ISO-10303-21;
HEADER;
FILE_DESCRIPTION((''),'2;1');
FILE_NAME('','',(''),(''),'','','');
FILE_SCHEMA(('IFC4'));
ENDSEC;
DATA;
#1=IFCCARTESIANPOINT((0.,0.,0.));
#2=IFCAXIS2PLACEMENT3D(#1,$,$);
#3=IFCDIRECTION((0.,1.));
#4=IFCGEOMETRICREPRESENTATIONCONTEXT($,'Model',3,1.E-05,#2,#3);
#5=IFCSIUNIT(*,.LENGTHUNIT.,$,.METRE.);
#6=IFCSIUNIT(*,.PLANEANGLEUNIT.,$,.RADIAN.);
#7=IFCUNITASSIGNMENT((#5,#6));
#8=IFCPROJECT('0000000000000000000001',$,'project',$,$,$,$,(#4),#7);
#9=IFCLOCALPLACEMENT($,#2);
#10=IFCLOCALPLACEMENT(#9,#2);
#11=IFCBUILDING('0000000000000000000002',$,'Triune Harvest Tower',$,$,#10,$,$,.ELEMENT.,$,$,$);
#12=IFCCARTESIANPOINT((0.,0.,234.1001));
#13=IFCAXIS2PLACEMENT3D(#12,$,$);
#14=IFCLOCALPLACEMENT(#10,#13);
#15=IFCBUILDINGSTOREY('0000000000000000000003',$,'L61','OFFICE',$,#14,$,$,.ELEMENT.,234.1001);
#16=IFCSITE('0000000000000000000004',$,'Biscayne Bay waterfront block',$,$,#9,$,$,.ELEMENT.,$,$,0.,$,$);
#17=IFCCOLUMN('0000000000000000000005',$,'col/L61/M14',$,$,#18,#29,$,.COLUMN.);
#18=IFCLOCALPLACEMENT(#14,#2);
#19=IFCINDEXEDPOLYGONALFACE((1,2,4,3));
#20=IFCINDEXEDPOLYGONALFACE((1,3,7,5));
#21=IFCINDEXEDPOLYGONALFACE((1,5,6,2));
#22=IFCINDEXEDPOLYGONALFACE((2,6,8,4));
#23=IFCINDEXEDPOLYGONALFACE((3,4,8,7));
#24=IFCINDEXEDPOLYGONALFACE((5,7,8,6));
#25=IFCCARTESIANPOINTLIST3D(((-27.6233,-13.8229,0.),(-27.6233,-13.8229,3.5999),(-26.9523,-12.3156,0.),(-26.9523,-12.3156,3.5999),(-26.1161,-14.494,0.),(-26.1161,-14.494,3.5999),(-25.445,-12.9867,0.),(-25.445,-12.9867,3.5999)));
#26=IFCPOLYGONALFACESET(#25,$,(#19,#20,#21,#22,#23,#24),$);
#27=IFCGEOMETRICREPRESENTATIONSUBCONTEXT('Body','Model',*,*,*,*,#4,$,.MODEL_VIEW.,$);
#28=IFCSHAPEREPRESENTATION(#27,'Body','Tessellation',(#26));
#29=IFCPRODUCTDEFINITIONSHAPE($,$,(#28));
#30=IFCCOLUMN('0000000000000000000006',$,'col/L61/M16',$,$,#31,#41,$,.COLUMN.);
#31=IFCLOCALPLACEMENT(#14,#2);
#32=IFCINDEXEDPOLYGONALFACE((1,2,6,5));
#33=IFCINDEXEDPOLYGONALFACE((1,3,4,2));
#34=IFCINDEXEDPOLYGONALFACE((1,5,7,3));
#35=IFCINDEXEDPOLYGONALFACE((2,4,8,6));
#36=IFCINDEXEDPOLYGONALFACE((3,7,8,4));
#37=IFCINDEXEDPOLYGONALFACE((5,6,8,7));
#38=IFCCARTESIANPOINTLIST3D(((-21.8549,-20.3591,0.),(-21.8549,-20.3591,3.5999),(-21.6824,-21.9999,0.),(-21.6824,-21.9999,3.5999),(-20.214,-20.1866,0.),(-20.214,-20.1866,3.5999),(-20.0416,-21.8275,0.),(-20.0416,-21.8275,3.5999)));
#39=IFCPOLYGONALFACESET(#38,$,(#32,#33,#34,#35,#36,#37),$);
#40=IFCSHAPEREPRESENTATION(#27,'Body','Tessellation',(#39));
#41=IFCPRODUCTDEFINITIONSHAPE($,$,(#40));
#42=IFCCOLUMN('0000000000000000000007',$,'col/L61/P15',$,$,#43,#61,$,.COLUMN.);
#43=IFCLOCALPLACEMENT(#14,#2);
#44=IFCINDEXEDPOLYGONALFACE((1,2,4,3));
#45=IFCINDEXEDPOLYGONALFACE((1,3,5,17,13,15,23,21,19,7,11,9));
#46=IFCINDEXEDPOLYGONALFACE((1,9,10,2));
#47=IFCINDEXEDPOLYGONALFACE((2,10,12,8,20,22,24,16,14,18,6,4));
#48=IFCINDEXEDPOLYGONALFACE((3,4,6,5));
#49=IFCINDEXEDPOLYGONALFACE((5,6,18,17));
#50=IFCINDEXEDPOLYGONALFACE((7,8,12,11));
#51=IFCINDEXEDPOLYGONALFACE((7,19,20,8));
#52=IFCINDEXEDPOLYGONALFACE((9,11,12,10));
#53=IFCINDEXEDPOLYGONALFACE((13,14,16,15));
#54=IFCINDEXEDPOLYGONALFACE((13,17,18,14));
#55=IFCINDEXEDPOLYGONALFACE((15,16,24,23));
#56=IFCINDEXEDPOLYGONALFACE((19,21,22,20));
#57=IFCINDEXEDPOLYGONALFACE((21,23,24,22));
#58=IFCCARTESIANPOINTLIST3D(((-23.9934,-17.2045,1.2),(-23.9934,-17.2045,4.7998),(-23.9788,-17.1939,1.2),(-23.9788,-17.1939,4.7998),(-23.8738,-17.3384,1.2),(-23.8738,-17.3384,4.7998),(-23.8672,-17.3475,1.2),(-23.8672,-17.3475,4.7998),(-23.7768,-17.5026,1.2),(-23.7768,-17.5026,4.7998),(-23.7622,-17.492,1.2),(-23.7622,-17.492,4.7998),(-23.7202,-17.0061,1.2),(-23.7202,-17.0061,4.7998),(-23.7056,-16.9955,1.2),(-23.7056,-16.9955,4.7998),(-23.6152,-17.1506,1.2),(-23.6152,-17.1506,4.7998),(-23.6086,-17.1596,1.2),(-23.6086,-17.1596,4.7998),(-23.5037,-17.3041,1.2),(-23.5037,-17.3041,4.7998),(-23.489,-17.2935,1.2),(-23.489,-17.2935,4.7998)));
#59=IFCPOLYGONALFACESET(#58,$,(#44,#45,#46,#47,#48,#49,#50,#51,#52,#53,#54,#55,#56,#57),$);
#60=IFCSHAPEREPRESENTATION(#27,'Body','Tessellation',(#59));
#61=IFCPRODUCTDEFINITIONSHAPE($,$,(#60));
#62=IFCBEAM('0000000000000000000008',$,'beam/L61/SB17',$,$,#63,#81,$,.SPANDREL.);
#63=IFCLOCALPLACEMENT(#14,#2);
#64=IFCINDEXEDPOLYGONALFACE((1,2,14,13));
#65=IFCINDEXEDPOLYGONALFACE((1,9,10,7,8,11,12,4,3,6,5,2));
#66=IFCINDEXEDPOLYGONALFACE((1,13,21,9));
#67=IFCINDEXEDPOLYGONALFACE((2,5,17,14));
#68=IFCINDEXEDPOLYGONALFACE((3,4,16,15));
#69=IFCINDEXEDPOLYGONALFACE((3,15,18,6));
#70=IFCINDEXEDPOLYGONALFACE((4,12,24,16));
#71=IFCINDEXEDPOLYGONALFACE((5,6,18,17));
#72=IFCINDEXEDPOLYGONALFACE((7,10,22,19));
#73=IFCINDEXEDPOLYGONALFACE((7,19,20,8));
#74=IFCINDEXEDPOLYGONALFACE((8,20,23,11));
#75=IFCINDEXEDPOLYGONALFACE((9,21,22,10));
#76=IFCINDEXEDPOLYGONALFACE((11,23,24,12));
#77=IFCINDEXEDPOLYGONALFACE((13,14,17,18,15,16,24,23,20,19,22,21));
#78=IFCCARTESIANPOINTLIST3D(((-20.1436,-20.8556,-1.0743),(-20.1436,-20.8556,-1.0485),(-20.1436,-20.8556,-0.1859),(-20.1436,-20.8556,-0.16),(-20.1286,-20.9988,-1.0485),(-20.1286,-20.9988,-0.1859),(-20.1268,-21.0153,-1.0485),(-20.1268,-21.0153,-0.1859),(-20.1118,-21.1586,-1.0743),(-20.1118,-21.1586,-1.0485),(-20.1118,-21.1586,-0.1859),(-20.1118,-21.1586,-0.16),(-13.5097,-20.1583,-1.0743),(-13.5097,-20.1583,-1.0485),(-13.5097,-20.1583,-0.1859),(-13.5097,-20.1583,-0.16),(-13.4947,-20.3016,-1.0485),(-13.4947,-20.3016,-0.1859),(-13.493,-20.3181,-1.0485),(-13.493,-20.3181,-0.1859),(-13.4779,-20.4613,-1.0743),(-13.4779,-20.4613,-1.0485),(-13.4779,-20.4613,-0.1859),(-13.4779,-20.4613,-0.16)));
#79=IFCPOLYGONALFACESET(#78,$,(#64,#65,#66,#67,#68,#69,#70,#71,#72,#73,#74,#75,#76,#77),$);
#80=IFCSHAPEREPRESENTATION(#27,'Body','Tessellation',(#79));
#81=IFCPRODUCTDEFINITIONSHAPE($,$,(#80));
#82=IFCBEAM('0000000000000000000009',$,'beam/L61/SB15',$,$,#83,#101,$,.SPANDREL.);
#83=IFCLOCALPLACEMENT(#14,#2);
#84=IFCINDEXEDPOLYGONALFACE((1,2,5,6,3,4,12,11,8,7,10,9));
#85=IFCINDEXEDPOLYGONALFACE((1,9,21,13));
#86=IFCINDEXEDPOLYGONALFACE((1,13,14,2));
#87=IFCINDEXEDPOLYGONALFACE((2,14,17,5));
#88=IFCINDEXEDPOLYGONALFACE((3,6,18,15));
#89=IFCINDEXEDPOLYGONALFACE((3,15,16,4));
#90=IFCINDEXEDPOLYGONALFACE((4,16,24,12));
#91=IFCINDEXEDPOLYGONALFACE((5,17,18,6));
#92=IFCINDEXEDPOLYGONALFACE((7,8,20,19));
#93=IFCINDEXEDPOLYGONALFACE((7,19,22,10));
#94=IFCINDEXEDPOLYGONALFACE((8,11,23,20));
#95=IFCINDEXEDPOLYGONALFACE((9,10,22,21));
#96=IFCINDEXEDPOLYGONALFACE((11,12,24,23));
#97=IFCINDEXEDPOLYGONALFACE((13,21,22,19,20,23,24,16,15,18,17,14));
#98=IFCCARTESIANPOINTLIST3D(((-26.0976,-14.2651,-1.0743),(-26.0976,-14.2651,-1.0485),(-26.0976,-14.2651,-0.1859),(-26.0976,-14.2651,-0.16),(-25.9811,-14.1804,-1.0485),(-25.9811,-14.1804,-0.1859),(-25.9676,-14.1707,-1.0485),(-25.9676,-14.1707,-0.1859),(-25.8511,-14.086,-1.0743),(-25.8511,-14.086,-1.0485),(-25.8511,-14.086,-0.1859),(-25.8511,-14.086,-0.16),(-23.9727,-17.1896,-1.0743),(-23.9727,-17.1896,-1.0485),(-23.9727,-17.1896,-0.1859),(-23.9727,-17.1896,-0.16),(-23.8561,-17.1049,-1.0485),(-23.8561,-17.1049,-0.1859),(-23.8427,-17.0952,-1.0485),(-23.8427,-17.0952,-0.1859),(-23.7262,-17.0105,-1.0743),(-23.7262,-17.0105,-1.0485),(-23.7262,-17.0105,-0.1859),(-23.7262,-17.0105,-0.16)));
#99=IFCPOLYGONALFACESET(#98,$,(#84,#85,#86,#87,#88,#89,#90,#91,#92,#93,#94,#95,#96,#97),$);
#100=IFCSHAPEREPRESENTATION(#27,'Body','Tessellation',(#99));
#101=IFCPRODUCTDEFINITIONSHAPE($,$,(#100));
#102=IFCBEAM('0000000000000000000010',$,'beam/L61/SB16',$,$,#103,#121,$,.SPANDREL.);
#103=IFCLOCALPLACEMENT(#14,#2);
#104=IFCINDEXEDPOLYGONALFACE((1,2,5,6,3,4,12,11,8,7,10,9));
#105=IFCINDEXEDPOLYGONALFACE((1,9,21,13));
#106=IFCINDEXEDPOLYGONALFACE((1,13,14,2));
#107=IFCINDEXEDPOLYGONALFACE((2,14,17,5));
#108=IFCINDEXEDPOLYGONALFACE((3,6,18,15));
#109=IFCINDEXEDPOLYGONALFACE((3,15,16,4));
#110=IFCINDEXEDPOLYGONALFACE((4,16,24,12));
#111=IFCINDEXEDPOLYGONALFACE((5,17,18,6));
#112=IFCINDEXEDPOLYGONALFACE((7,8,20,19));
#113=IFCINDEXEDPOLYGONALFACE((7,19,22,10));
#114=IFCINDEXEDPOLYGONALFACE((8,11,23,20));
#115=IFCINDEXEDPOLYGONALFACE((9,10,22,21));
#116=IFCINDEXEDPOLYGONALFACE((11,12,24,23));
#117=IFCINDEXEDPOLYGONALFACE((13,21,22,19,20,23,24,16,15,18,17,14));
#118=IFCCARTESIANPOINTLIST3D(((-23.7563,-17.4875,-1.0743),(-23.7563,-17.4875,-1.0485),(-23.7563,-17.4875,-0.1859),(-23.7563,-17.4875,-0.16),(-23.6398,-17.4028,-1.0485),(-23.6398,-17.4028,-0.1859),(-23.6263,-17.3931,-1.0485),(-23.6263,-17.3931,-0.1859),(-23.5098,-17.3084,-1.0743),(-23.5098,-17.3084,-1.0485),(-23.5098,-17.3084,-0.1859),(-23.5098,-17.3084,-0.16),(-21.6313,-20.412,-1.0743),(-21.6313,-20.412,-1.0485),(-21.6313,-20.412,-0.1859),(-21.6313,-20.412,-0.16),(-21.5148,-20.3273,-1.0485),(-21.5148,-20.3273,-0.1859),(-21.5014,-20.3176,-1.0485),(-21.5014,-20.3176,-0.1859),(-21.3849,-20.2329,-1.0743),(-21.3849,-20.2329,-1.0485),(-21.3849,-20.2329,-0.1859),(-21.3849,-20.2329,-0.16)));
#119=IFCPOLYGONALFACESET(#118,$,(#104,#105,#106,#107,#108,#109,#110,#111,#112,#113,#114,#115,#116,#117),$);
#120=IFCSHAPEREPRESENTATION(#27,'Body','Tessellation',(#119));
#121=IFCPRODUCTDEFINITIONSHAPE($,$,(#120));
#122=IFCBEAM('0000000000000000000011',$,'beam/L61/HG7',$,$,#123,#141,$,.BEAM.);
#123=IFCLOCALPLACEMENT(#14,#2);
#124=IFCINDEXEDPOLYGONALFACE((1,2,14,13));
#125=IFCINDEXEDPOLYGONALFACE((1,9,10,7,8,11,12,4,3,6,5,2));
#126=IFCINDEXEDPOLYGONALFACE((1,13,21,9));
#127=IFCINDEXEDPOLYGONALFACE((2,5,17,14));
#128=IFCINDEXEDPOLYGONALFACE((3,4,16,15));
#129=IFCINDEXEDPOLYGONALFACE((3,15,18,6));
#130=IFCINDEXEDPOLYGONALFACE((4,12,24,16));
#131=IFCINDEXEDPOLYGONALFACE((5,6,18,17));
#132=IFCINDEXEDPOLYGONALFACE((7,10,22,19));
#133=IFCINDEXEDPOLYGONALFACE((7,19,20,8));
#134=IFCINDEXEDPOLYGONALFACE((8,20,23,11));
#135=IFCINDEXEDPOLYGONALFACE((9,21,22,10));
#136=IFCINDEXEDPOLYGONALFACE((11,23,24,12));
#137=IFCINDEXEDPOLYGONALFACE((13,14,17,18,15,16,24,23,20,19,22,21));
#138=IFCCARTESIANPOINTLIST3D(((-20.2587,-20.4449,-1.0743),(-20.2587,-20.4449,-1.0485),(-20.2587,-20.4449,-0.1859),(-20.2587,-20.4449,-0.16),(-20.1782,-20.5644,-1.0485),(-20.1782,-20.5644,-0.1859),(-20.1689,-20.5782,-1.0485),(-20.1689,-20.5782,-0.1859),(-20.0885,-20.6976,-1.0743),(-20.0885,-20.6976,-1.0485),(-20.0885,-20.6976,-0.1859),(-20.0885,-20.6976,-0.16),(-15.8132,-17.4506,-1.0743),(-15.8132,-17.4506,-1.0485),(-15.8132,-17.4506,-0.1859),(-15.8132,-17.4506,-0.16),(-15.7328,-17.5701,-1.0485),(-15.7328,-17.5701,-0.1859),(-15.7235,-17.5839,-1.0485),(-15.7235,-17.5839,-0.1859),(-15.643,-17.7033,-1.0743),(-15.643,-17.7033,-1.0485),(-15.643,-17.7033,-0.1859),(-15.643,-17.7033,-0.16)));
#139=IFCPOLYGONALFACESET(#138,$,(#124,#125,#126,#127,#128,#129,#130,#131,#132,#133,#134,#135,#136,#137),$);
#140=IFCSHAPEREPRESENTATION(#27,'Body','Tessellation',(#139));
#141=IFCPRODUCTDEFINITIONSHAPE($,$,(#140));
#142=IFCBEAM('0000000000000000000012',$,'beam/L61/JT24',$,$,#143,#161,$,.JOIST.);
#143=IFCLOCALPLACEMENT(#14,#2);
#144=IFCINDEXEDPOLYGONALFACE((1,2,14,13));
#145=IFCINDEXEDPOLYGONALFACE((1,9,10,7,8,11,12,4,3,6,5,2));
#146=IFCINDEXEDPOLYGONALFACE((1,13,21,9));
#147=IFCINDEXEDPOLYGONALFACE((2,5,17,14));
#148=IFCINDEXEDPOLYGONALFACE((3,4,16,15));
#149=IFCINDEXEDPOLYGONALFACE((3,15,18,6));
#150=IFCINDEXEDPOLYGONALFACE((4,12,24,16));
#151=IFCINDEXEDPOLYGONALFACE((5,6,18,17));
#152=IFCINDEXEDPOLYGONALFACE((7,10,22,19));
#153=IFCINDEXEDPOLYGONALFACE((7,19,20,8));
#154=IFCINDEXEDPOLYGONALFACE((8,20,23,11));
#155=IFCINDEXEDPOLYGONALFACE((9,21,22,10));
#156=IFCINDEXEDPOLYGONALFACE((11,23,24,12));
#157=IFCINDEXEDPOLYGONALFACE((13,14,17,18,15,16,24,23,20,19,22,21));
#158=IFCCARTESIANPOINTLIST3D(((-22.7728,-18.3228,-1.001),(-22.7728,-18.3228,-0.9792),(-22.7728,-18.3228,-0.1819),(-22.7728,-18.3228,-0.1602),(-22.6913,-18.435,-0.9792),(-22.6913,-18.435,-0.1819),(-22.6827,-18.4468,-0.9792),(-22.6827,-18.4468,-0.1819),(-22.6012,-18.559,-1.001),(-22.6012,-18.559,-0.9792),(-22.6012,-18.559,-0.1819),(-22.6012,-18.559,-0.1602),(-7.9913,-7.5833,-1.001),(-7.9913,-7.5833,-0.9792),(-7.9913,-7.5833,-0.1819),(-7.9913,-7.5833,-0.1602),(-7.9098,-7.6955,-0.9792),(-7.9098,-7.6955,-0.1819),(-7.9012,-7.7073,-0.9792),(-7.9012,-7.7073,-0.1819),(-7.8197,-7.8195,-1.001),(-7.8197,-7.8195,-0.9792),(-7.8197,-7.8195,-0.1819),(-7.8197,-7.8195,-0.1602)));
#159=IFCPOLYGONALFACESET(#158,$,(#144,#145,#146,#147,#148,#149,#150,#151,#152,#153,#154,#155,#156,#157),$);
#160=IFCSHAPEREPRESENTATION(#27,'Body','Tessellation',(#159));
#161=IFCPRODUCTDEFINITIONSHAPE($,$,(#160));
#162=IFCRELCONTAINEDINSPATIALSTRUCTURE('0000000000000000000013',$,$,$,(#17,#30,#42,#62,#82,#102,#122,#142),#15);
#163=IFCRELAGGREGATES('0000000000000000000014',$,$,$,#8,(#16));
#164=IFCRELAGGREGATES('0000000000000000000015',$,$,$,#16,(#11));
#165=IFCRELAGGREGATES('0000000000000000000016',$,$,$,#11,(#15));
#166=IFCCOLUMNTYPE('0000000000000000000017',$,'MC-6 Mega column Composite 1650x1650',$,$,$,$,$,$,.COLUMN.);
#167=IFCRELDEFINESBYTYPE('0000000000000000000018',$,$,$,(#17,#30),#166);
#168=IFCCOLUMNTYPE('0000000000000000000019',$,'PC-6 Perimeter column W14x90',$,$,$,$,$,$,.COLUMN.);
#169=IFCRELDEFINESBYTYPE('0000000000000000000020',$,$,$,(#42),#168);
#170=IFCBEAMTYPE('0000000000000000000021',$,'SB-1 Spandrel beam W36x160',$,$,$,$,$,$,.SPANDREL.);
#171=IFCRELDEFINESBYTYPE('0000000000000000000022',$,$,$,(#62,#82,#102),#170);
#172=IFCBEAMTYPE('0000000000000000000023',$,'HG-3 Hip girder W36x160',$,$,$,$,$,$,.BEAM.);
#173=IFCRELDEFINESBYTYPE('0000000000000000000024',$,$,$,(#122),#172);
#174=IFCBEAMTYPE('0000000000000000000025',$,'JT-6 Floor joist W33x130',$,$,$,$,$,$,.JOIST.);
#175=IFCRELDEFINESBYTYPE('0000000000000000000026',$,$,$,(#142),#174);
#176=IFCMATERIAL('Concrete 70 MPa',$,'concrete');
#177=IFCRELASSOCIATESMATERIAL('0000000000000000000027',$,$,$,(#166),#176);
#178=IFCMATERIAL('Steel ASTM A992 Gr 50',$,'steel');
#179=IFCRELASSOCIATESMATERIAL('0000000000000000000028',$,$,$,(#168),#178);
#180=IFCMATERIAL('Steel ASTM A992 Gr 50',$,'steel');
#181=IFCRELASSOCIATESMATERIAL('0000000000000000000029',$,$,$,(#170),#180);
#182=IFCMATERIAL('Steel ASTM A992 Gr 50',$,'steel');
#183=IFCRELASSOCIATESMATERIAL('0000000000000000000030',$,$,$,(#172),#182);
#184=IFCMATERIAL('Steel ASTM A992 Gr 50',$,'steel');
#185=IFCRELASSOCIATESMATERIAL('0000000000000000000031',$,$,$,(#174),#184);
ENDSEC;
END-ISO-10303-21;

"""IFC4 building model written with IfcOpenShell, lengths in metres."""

from ifc_helpers import new_model, si_unit, direction, frame, origin, origin_2d, place, context, subcontext, project, spatial, rectangle, i_section, extrude, source, transform, mapped, material, material_profile, profile_set, type_object, element, save


model = new_model("IFC4")

# Units and contexts
model_context = context("Model", 3, precision=1e-05, world=origin(), true_north=direction((0.0, 1.0)))
body_context = subcontext(model_context, "Body", "Model", "MODEL_VIEW")
ifc_project = project(units=[si_unit("LENGTHUNIT", "METRE"), si_unit("PLANEANGLEUNIT", "RADIAN")], contexts=[model_context])

# Site, building, storey
site_placement = place(None, origin())
site = spatial("IfcSite", under=ifc_project, at=site_placement, Name="Biscayne Bay waterfront block", CompositionType="ELEMENT", RefElevation=0.0)
building_placement = place(site_placement, origin())
building = spatial("IfcBuilding", under=site, at=building_placement, Name="Triune Harvest Tower", CompositionType="ELEMENT")
storey_placement = place(building_placement, frame((0.0, 0.0, 234.1001)))
storey = spatial("IfcBuildingStorey", under=building, at=storey_placement, Name="L61", Description="OFFICE", CompositionType="ELEMENT", Elevation=234.1001)

# Columns
ifc_material_1 = material(Name="Concrete 70 MPa", Category="concrete")
ifc_material_profile_1 = material_profile(ifc_material_1, rectangle(XDim=1.6499, YDim=1.6499, at=origin_2d()), Name="Composite 1650x1650")
ifc_profile_set_1 = profile_set([ifc_material_profile_1], Name="Concrete 70 MPa")
column_type_1 = type_object("IfcColumnType", Name="MC-6 Mega column Composite 1650x1650", PredefinedType="COLUMN", material=ifc_profile_set_1)
shared_shape_1 = source(origin(), body_context, "Body", "SweptSolid", [
    extrude(rectangle(XDim=1.6499, YDim=1.6499, at=origin_2d()), origin(), (0.0, 0.0, 1.0), 3.5999),
])
for number, where, z_axis, x_axis, name in (
    (1, (-26.5342, -13.4048, 0.0), (0.0, 0.0, 1.0), (-0.406738, -0.913545, 0.0), "col/L61/M14"),
    (2, (-20.9482, -21.0933, 0.0), (0.0, 0.0, 1.0), (0.994522, 0.10453, 0.0), "col/L61/M16"),
):
    element("IfcColumn", number, at=place(storey_placement, frame(where, z_axis=z_axis, x_axis=x_axis)), inside=storey, type_object=column_type_1, Name=name, PredefinedType="COLUMN", context=body_context, shape_type="MappedRepresentation", body=[
        mapped(shared_shape_1, transform((0.0, 0.0, 0.0), scale=1.0)),
    ])
ifc_material_2 = material(Name="Steel ASTM A992 Gr 50", Category="steel")
ifc_material_profile_2 = material_profile(ifc_material_2, i_section(OverallWidth=0.3684, OverallDepth=0.3557, WebThickness=0.0112, FlangeThickness=0.0181, at=origin_2d()), Name="W14x90")
ifc_profile_set_2 = profile_set([ifc_material_profile_2], Name="Steel ASTM A992 Gr 50")
column_type_2 = type_object("IfcColumnType", Name="PC-6 Perimeter column W14x90", PredefinedType="COLUMN", material=ifc_profile_set_2)
shared_shape_2 = source(origin(), body_context, "Body", "SweptSolid", [
    extrude(i_section(OverallWidth=0.3684, OverallDepth=0.3557, WebThickness=0.0112, FlangeThickness=0.0181, at=origin_2d()), origin(), (0.0, 0.0, 1.0), 3.5999),
])
column_placement = place(storey_placement, frame((-23.7412, -17.249, 1.2), z_axis=(0.0, 0.0, 1.0), x_axis=(0.587785, -0.809017, 0.0)))
element("IfcColumn", 3, at=column_placement, inside=storey, type_object=column_type_2, Name="col/L61/P15", PredefinedType="COLUMN", context=body_context, shape_type="MappedRepresentation", body=[
    mapped(shared_shape_2, transform((0.0, 0.0, 0.0), scale=1.0)),
])

# Beams
ifc_material_3 = material(Name="Steel ASTM A992 Gr 50", Category="steel")
ifc_material_profile_3 = material_profile(ifc_material_3, i_section(OverallWidth=0.3047, OverallDepth=0.9143, WebThickness=0.0166, FlangeThickness=0.0259, at=origin_2d()), Name="W36x160")
ifc_profile_set_3 = profile_set([ifc_material_profile_3], Name="Steel ASTM A992 Gr 50")
beam_type_1 = type_object("IfcBeamType", Name="SB-1 Spandrel beam W36x160", PredefinedType="SPANDREL", material=ifc_profile_set_3)
shared_shape_3 = source(origin(), body_context, "Body", "SweptSolid", [
    extrude(i_section(OverallWidth=0.3047, OverallDepth=0.9143, WebThickness=0.0166, FlangeThickness=0.0259, at=origin_2d()), origin(), (0.0, 0.0, 1.0), 6.6704),
])
beam_1_placement = place(storey_placement, frame((-20.1277, -21.0071, -0.6172), z_axis=(0.994521, 0.104532, 0.0), x_axis=(-0.104532, 0.994521, 0.0)))
element("IfcBeam", 4, at=beam_1_placement, inside=storey, type_object=beam_type_1, Name="beam/L61/SB17", PredefinedType="SPANDREL", context=body_context, shape_type="MappedRepresentation", body=[
    mapped(shared_shape_3, transform((0.0, 0.0, 0.0), scale=1.0)),
])
shared_shape_4 = source(origin(), body_context, "Body", "SweptSolid", [
    extrude(i_section(OverallWidth=0.3047, OverallDepth=0.9143, WebThickness=0.0166, FlangeThickness=0.0259, at=origin_2d()), origin(), (0.0, 0.0, 1.0), 3.615),
])
for number, where, z_axis, x_axis, name in (
    (5, (-25.9744, -14.1755, -0.6172), (0.587818, -0.808993, 0.0), (0.808993, 0.587818, 0.0), "beam/L61/SB15"),
    (6, (-23.6331, -17.3979, -0.6172), (0.587818, -0.808993, 0.0), (0.808993, 0.587818, 0.0), "beam/L61/SB16"),
):
    element("IfcBeam", number, at=place(storey_placement, frame(where, z_axis=z_axis, x_axis=x_axis)), inside=storey, type_object=beam_type_1, Name=name, PredefinedType="SPANDREL", context=body_context, shape_type="MappedRepresentation", body=[
        mapped(shared_shape_4, transform((0.0, 0.0, 0.0), scale=1.0)),
    ])
ifc_material_4 = material(Name="Steel ASTM A992 Gr 50", Category="steel")
ifc_material_profile_4 = material_profile(ifc_material_4, i_section(OverallWidth=0.3047, OverallDepth=0.9143, WebThickness=0.0166, FlangeThickness=0.0259, at=origin_2d()), Name="W36x160")
ifc_profile_set_4 = profile_set([ifc_material_profile_4], Name="Steel ASTM A992 Gr 50")
beam_type_2 = type_object("IfcBeamType", Name="HG-3 Hip girder W36x160", PredefinedType="BEAM", material=ifc_profile_set_4)
shared_shape_5 = source(origin(), body_context, "Body", "SweptSolid", [
    extrude(i_section(OverallWidth=0.3047, OverallDepth=0.9143, WebThickness=0.0166, FlangeThickness=0.0259, at=origin_2d()), origin(), (0.0, 0.0, 1.0), 5.3599),
])
beam_2_placement = place(storey_placement, frame((-20.1736, -20.5713, -0.6172), z_axis=(0.829399, 0.558657, 0.0), x_axis=(-0.558657, 0.829399, 0.0)))
element("IfcBeam", 7, at=beam_2_placement, inside=storey, type_object=beam_type_2, Name="beam/L61/HG7", PredefinedType="BEAM", context=body_context, shape_type="MappedRepresentation", body=[
    mapped(shared_shape_5, transform((0.0, 0.0, 0.0), scale=1.0)),
])
ifc_material_5 = material(Name="Steel ASTM A992 Gr 50", Category="steel")
ifc_material_profile_5 = material_profile(ifc_material_5, i_section(OverallWidth=0.292, OverallDepth=0.8408, WebThickness=0.0146, FlangeThickness=0.0217, at=origin_2d()), Name="W33x130")
ifc_profile_set_5 = profile_set([ifc_material_profile_5], Name="Steel ASTM A992 Gr 50")
beam_type_3 = type_object("IfcBeamType", Name="JT-6 Floor joist W33x130", PredefinedType="JOIST", material=ifc_profile_set_5)
shared_shape_6 = source(origin(), body_context, "Body", "SweptSolid", [
    extrude(i_section(OverallWidth=0.292, OverallDepth=0.8408, WebThickness=0.0146, FlangeThickness=0.0217, at=origin_2d()), origin(), (0.0, 0.0, 1.0), 18.271),
])
beam_3_placement = place(storey_placement, frame((-22.687, -18.4409, -0.5806), z_axis=(0.809014, 0.587789, 0.0), x_axis=(-0.587789, 0.809014, 0.0)))
element("IfcBeam", 8, at=beam_3_placement, inside=storey, type_object=beam_type_3, Name="beam/L61/JT24", PredefinedType="JOIST", context=body_context, shape_type="MappedRepresentation", body=[
    mapped(shared_shape_6, transform((0.0, 0.0, 0.0), scale=1.0)),
])

save(model, "model.ifc")
